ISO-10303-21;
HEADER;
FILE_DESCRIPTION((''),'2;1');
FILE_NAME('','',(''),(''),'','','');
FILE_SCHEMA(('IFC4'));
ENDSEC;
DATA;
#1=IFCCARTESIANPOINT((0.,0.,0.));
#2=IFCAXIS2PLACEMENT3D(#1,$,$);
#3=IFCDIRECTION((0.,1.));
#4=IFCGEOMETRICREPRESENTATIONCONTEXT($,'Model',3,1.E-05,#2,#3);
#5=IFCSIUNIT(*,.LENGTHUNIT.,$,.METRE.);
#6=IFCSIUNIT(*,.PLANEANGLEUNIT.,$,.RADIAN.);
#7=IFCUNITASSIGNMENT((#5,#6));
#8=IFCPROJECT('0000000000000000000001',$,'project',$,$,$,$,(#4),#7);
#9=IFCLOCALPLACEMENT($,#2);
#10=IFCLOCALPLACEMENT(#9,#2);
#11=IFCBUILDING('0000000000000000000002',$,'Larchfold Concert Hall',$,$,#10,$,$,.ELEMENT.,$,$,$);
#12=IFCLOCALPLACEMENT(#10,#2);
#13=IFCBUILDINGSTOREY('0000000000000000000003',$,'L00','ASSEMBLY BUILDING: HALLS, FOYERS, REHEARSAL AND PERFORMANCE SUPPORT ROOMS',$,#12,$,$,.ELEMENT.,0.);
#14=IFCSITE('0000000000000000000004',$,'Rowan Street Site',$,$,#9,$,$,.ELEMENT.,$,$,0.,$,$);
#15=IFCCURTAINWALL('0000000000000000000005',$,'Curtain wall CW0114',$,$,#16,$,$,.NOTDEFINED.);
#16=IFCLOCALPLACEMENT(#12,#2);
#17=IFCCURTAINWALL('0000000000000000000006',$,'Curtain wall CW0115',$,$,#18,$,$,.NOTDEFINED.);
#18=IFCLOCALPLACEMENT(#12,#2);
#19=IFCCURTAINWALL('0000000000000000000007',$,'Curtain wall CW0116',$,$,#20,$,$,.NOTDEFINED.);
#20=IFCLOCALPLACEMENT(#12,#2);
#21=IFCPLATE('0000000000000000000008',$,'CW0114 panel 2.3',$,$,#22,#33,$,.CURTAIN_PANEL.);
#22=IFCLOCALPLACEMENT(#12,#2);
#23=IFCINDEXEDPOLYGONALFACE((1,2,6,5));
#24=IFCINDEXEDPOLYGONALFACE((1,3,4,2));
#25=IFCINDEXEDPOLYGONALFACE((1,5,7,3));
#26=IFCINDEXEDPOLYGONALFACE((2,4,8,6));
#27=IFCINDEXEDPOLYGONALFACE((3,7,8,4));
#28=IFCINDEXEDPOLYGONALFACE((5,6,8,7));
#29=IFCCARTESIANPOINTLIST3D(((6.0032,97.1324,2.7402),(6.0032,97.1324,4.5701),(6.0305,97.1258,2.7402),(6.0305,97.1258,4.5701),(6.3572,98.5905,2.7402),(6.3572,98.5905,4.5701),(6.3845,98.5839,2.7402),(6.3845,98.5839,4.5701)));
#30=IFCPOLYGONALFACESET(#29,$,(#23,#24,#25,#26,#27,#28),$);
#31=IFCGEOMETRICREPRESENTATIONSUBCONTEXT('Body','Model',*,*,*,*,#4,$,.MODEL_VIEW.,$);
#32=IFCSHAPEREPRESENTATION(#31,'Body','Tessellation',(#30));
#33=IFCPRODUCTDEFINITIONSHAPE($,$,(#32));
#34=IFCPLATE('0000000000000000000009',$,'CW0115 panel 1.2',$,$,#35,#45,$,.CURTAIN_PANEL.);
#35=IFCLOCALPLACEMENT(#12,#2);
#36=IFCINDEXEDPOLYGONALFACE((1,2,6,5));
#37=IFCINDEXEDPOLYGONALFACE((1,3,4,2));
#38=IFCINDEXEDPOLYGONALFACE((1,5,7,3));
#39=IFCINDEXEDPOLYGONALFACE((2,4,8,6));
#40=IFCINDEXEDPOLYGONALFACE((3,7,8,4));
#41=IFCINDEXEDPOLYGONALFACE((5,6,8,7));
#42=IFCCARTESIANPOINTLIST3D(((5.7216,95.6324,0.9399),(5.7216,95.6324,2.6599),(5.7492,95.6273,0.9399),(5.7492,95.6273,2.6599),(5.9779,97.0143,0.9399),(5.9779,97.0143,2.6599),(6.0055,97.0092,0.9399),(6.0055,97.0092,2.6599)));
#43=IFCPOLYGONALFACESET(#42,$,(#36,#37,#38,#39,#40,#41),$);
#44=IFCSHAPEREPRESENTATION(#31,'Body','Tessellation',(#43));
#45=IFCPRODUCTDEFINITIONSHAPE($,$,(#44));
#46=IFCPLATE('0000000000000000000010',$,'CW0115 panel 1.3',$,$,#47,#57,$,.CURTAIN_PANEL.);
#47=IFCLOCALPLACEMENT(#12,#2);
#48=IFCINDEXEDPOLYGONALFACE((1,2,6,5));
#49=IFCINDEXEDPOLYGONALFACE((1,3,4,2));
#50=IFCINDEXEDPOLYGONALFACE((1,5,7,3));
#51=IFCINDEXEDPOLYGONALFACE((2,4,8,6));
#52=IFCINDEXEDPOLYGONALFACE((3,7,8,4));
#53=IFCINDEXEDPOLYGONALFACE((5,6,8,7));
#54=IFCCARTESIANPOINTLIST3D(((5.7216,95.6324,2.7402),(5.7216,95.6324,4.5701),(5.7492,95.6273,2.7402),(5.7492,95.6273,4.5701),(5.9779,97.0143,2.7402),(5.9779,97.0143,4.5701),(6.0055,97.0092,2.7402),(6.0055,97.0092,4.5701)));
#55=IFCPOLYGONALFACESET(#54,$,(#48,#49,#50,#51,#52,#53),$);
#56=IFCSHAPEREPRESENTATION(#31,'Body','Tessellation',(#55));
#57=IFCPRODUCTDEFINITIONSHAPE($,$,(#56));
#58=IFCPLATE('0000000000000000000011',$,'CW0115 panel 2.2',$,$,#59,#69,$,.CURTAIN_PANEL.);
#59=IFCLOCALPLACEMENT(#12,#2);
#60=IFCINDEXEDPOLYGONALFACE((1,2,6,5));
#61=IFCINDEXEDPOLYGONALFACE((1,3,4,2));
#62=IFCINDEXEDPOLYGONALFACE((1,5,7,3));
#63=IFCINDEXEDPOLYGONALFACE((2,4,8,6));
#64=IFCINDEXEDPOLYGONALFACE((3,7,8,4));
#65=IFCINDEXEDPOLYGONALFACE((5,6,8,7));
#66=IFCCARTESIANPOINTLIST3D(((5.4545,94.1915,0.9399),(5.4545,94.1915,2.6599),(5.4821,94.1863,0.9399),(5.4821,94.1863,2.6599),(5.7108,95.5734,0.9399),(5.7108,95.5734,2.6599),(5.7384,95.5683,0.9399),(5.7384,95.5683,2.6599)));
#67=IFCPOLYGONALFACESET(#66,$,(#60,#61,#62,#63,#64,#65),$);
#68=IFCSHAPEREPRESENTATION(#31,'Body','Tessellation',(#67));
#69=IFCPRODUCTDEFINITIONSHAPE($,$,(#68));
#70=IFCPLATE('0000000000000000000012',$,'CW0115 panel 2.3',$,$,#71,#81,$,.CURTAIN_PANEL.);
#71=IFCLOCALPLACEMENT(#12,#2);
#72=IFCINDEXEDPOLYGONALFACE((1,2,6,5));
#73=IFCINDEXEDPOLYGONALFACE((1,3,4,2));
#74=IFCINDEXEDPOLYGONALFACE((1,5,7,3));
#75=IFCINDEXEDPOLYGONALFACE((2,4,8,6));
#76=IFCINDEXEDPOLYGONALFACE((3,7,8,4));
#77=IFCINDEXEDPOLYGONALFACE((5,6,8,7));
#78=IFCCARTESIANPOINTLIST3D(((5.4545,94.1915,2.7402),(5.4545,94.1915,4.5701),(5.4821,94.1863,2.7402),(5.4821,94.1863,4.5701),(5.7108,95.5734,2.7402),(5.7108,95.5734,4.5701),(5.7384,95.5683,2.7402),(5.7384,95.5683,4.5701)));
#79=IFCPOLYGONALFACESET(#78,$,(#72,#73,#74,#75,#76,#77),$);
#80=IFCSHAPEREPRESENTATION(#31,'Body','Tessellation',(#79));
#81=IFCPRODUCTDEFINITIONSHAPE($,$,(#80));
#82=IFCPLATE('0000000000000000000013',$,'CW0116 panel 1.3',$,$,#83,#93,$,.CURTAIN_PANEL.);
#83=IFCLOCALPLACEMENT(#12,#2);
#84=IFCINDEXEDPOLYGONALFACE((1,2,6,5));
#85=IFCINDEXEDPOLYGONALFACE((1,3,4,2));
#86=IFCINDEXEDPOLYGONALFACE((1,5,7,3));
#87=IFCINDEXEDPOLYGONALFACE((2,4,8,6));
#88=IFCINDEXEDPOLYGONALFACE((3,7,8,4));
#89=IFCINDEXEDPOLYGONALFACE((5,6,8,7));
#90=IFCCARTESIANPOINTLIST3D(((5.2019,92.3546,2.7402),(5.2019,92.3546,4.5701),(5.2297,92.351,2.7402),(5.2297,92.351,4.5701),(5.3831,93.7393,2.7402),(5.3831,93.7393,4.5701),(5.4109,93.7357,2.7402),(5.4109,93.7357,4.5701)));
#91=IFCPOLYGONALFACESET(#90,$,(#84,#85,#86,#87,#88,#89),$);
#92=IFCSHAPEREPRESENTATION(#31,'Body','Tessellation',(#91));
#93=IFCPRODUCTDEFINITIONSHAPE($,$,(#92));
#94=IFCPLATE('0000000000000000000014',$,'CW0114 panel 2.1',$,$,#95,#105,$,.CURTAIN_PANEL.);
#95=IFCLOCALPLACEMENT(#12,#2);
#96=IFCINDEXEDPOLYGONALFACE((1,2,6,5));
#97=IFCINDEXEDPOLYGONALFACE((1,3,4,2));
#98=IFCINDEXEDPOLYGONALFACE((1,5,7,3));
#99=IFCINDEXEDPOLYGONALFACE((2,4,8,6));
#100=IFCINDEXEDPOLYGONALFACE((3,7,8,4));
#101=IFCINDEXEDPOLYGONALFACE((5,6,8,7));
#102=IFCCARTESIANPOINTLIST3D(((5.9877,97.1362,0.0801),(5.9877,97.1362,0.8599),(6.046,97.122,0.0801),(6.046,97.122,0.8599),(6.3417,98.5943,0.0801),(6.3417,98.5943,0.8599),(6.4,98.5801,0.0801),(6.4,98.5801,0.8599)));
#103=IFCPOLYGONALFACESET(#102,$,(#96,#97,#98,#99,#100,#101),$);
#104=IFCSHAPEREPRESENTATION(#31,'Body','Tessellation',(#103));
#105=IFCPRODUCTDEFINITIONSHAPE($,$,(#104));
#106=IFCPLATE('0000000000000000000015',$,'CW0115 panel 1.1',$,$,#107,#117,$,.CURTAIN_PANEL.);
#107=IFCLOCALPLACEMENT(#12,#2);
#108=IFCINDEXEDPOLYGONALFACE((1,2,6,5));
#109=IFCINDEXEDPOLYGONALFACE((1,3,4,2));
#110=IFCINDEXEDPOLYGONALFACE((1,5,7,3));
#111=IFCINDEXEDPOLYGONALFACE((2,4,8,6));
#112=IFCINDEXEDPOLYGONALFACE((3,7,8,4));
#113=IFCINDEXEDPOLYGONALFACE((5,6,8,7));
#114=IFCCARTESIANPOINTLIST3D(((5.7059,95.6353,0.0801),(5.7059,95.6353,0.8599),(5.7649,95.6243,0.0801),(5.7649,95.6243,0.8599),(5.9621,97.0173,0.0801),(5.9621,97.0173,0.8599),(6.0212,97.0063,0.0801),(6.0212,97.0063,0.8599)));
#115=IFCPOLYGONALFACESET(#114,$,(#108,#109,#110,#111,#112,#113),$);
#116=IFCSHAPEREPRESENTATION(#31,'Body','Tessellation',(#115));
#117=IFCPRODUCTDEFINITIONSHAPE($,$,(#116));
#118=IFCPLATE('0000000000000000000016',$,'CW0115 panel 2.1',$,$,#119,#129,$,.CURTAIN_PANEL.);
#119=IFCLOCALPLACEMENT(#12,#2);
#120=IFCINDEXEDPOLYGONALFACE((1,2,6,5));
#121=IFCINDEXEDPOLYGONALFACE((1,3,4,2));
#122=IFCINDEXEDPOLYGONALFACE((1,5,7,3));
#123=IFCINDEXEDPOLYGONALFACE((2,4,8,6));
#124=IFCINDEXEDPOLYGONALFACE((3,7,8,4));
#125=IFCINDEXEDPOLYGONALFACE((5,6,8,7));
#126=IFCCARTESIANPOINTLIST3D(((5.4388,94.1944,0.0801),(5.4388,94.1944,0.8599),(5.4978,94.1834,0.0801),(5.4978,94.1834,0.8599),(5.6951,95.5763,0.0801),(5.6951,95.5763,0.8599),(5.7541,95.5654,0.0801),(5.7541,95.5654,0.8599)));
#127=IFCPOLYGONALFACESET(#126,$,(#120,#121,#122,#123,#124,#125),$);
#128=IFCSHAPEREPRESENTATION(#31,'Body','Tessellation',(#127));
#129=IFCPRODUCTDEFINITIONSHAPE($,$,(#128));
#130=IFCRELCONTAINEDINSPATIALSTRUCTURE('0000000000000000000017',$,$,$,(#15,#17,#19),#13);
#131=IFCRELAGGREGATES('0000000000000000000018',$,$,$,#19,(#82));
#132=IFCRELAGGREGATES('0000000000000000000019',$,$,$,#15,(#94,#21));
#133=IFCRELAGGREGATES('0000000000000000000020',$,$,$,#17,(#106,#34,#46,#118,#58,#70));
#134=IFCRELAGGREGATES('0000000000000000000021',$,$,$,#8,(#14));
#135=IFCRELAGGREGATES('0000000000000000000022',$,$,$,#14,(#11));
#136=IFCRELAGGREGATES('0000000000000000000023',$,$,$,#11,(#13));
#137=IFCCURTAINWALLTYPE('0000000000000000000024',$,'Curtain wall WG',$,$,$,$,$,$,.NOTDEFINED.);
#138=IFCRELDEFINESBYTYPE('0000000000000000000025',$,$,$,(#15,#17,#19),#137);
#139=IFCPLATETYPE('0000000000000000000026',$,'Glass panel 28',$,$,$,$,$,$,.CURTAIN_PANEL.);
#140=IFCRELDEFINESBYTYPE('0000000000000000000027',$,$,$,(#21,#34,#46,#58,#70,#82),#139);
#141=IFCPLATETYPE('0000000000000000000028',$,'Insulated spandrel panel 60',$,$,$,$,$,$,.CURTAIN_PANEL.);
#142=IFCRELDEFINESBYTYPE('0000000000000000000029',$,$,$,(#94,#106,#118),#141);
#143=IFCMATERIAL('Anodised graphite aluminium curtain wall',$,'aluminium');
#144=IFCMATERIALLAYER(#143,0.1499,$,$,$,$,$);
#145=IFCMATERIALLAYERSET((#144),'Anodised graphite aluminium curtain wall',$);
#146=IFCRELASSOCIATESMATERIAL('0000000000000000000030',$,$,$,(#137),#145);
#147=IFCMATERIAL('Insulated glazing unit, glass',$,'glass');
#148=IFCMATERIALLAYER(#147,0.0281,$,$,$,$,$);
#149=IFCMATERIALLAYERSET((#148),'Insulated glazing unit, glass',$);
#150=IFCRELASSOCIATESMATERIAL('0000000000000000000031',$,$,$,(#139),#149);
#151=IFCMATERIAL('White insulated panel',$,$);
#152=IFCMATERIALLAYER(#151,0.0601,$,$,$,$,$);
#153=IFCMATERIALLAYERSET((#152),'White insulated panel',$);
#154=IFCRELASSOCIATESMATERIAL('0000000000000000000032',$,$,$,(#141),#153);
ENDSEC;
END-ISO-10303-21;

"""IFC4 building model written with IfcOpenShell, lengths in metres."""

from ifc_helpers import new_model, si_unit, direction, frame, origin, origin_2d, place, context, subcontext, project, spatial, rectangle, extrude, material, layer, layer_set, type_object, element, aggregate, save


model = new_model("IFC4")

# Units and contexts
model_context = context("Model", 3, precision=1e-05, world=origin(), true_north=direction((0.0, 1.0)))
body_context = subcontext(model_context, "Body", "Model", "MODEL_VIEW")
ifc_project = project(units=[si_unit("LENGTHUNIT", "METRE"), si_unit("PLANEANGLEUNIT", "RADIAN")], contexts=[model_context])

# Site, building, storey
site_placement = place(None, origin())
site = spatial("IfcSite", under=ifc_project, at=site_placement, Name="Rowan Street Site", CompositionType="ELEMENT", RefElevation=0.0)
building_placement = place(site_placement, origin())
building = spatial("IfcBuilding", under=site, at=building_placement, Name="Larchfold Concert Hall", CompositionType="ELEMENT")
storey_placement = place(building_placement, origin())
storey = spatial("IfcBuildingStorey", under=building, at=storey_placement, Name="L00", Description="ASSEMBLY BUILDING: HALLS, FOYERS, REHEARSAL AND PERFORMANCE SUPPORT ROOMS", CompositionType="ELEMENT", Elevation=0.0)

# Curtain wall
ifc_material_1 = material(Name="Anodised graphite aluminium curtain wall", Category="aluminium")
ifc_layer_1 = layer(ifc_material_1, 0.1499)
ifc_layer_set_1 = layer_set([ifc_layer_1], Name="Anodised graphite aluminium curtain wall")
curtain_wall_type = type_object("IfcCurtainWallType", Name="Curtain wall WG", PredefinedType="NOTDEFINED", material=ifc_layer_set_1)
curtain_wall_1_placement = place(storey_placement, origin())
curtain_wall_1 = element("IfcCurtainWall", 1, at=curtain_wall_1_placement, inside=storey, type_object=curtain_wall_type, Name="Curtain wall CW0114", PredefinedType="NOTDEFINED")

# Curtain wall
curtain_wall_2_placement = place(storey_placement, origin())
curtain_wall_2 = element("IfcCurtainWall", 2, at=curtain_wall_2_placement, inside=storey, type_object=curtain_wall_type, Name="Curtain wall CW0115", PredefinedType="NOTDEFINED")

# Curtain wall
curtain_wall_3_placement = place(storey_placement, origin())
curtain_wall_3 = element("IfcCurtainWall", 3, at=curtain_wall_3_placement, inside=storey, type_object=curtain_wall_type, Name="Curtain wall CW0116", PredefinedType="NOTDEFINED")

# Plates
ifc_material_2 = material(Name="Insulated glazing unit, glass", Category="glass")
ifc_layer_2 = layer(ifc_material_2, 0.0281)
ifc_layer_set_2 = layer_set([ifc_layer_2], Name="Insulated glazing unit, glass")
plate_type_1 = type_object("IfcPlateType", Name="Glass panel 28", PredefinedType="CURTAIN_PANEL", material=ifc_layer_set_2)
plate_1_placement = place(storey_placement, frame((6.1938, 97.8582, 2.7402), z_axis=(0.0, 0.0, 1.0), x_axis=(-0.235938, -0.971768, 0.0)))
plate_1 = element("IfcPlate", 4, at=plate_1_placement, type_object=plate_type_1, Name="CW0114 panel 2.3", PredefinedType="CURTAIN_PANEL", context=body_context, shape_type="SweptSolid", body=[
    extrude(rectangle(XDim=1.5005, YDim=0.0281, at=origin_2d()), origin(), (0.0, 0.0, 1.0), 1.8298),
])
plate_2_placement = place(storey_placement, frame((5.8635, 96.3208, 0.9399), z_axis=(0.0, 0.0, 1.0), x_axis=(-0.182346, -0.983234, 0.0)))
plate_2 = element("IfcPlate", 5, at=plate_2_placement, type_object=plate_type_1, Name="CW0115 panel 1.2", PredefinedType="CURTAIN_PANEL", context=body_context, shape_type="SweptSolid", body=[
    extrude(rectangle(XDim=1.4055, YDim=0.0281, at=origin_2d()), origin(), (0.0, 0.0, 1.0), 1.72),
])
plate_3_placement = place(storey_placement, frame((5.8635, 96.3208, 2.7402), z_axis=(0.0, 0.0, 1.0), x_axis=(-0.182346, -0.983234, 0.0)))
plate_3 = element("IfcPlate", 6, at=plate_3_placement, type_object=plate_type_1, Name="CW0115 panel 1.3", PredefinedType="CURTAIN_PANEL", context=body_context, shape_type="SweptSolid", body=[
    extrude(rectangle(XDim=1.4055, YDim=0.0281, at=origin_2d()), origin(), (0.0, 0.0, 1.0), 1.8298),
])
plate_4_placement = place(storey_placement, frame((5.5964, 94.8799, 0.9399), z_axis=(0.0, 0.0, 1.0), x_axis=(-0.182346, -0.983234, 0.0)))
plate_4 = element("IfcPlate", 7, at=plate_4_placement, type_object=plate_type_1, Name="CW0115 panel 2.2", PredefinedType="CURTAIN_PANEL", context=body_context, shape_type="SweptSolid", body=[
    extrude(rectangle(XDim=1.4055, YDim=0.0281, at=origin_2d()), origin(), (0.0, 0.0, 1.0), 1.72),
])
plate_5_placement = place(storey_placement, frame((5.5964, 94.8799, 2.7402), z_axis=(0.0, 0.0, 1.0), x_axis=(-0.182346, -0.983234, 0.0)))
plate_5 = element("IfcPlate", 8, at=plate_5_placement, type_object=plate_type_1, Name="CW0115 panel 2.3", PredefinedType="CURTAIN_PANEL", context=body_context, shape_type="SweptSolid", body=[
    extrude(rectangle(XDim=1.4055, YDim=0.0281, at=origin_2d()), origin(), (0.0, 0.0, 1.0), 1.8298),
])
plate_6_placement = place(storey_placement, frame((5.3064, 93.0452, 2.7402), z_axis=(0.0, 0.0, 1.0), x_axis=(-0.129743, -0.991548, 0.0)))
plate_6 = element("IfcPlate", 9, at=plate_6_placement, type_object=plate_type_1, Name="CW0116 panel 1.3", PredefinedType="CURTAIN_PANEL", context=body_context, shape_type="SweptSolid", body=[
    extrude(rectangle(XDim=1.3965, YDim=0.0281, at=origin_2d()), origin(), (0.0, 0.0, 1.0), 1.8298),
])
aggregate(curtain_wall_3, [plate_6])
ifc_material_3 = material(Name="White insulated panel")
ifc_layer_3 = layer(ifc_material_3, 0.0601)
ifc_layer_set_3 = layer_set([ifc_layer_3], Name="White insulated panel")
plate_type_2 = type_object("IfcPlateType", Name="Insulated spandrel panel 60", PredefinedType="CURTAIN_PANEL", material=ifc_layer_set_3)
plate_7_placement = place(storey_placement, frame((6.1938, 97.8582, 0.0801), z_axis=(0.0, 0.0, 1.0), x_axis=(-0.235938, -0.971768, 0.0)))
plate_7 = element("IfcPlate", 10, at=plate_7_placement, type_object=plate_type_2, Name="CW0114 panel 2.1", PredefinedType="CURTAIN_PANEL", context=body_context, shape_type="SweptSolid", body=[
    extrude(rectangle(XDim=1.5005, YDim=0.0601, at=origin_2d()), origin(), (0.0, 0.0, 1.0), 0.7798),
])
aggregate(curtain_wall_1, [plate_7, plate_1])
plate_8_placement = place(storey_placement, frame((5.8635, 96.3208, 0.0801), z_axis=(0.0, 0.0, 1.0), x_axis=(-0.182346, -0.983234, 0.0)))
plate_8 = element("IfcPlate", 11, at=plate_8_placement, type_object=plate_type_2, Name="CW0115 panel 1.1", PredefinedType="CURTAIN_PANEL", context=body_context, shape_type="SweptSolid", body=[
    extrude(rectangle(XDim=1.4055, YDim=0.0601, at=origin_2d()), origin(), (0.0, 0.0, 1.0), 0.7798),
])
plate_9_placement = place(storey_placement, frame((5.5964, 94.8799, 0.0801), z_axis=(0.0, 0.0, 1.0), x_axis=(-0.182346, -0.983234, 0.0)))
plate_9 = element("IfcPlate", 12, at=plate_9_placement, type_object=plate_type_2, Name="CW0115 panel 2.1", PredefinedType="CURTAIN_PANEL", context=body_context, shape_type="SweptSolid", body=[
    extrude(rectangle(XDim=1.4055, YDim=0.0601, at=origin_2d()), origin(), (0.0, 0.0, 1.0), 0.7798),
])
aggregate(curtain_wall_2, [plate_8, plate_2, plate_3, plate_9, plate_4, plate_5])

save(model, "model.ifc")
